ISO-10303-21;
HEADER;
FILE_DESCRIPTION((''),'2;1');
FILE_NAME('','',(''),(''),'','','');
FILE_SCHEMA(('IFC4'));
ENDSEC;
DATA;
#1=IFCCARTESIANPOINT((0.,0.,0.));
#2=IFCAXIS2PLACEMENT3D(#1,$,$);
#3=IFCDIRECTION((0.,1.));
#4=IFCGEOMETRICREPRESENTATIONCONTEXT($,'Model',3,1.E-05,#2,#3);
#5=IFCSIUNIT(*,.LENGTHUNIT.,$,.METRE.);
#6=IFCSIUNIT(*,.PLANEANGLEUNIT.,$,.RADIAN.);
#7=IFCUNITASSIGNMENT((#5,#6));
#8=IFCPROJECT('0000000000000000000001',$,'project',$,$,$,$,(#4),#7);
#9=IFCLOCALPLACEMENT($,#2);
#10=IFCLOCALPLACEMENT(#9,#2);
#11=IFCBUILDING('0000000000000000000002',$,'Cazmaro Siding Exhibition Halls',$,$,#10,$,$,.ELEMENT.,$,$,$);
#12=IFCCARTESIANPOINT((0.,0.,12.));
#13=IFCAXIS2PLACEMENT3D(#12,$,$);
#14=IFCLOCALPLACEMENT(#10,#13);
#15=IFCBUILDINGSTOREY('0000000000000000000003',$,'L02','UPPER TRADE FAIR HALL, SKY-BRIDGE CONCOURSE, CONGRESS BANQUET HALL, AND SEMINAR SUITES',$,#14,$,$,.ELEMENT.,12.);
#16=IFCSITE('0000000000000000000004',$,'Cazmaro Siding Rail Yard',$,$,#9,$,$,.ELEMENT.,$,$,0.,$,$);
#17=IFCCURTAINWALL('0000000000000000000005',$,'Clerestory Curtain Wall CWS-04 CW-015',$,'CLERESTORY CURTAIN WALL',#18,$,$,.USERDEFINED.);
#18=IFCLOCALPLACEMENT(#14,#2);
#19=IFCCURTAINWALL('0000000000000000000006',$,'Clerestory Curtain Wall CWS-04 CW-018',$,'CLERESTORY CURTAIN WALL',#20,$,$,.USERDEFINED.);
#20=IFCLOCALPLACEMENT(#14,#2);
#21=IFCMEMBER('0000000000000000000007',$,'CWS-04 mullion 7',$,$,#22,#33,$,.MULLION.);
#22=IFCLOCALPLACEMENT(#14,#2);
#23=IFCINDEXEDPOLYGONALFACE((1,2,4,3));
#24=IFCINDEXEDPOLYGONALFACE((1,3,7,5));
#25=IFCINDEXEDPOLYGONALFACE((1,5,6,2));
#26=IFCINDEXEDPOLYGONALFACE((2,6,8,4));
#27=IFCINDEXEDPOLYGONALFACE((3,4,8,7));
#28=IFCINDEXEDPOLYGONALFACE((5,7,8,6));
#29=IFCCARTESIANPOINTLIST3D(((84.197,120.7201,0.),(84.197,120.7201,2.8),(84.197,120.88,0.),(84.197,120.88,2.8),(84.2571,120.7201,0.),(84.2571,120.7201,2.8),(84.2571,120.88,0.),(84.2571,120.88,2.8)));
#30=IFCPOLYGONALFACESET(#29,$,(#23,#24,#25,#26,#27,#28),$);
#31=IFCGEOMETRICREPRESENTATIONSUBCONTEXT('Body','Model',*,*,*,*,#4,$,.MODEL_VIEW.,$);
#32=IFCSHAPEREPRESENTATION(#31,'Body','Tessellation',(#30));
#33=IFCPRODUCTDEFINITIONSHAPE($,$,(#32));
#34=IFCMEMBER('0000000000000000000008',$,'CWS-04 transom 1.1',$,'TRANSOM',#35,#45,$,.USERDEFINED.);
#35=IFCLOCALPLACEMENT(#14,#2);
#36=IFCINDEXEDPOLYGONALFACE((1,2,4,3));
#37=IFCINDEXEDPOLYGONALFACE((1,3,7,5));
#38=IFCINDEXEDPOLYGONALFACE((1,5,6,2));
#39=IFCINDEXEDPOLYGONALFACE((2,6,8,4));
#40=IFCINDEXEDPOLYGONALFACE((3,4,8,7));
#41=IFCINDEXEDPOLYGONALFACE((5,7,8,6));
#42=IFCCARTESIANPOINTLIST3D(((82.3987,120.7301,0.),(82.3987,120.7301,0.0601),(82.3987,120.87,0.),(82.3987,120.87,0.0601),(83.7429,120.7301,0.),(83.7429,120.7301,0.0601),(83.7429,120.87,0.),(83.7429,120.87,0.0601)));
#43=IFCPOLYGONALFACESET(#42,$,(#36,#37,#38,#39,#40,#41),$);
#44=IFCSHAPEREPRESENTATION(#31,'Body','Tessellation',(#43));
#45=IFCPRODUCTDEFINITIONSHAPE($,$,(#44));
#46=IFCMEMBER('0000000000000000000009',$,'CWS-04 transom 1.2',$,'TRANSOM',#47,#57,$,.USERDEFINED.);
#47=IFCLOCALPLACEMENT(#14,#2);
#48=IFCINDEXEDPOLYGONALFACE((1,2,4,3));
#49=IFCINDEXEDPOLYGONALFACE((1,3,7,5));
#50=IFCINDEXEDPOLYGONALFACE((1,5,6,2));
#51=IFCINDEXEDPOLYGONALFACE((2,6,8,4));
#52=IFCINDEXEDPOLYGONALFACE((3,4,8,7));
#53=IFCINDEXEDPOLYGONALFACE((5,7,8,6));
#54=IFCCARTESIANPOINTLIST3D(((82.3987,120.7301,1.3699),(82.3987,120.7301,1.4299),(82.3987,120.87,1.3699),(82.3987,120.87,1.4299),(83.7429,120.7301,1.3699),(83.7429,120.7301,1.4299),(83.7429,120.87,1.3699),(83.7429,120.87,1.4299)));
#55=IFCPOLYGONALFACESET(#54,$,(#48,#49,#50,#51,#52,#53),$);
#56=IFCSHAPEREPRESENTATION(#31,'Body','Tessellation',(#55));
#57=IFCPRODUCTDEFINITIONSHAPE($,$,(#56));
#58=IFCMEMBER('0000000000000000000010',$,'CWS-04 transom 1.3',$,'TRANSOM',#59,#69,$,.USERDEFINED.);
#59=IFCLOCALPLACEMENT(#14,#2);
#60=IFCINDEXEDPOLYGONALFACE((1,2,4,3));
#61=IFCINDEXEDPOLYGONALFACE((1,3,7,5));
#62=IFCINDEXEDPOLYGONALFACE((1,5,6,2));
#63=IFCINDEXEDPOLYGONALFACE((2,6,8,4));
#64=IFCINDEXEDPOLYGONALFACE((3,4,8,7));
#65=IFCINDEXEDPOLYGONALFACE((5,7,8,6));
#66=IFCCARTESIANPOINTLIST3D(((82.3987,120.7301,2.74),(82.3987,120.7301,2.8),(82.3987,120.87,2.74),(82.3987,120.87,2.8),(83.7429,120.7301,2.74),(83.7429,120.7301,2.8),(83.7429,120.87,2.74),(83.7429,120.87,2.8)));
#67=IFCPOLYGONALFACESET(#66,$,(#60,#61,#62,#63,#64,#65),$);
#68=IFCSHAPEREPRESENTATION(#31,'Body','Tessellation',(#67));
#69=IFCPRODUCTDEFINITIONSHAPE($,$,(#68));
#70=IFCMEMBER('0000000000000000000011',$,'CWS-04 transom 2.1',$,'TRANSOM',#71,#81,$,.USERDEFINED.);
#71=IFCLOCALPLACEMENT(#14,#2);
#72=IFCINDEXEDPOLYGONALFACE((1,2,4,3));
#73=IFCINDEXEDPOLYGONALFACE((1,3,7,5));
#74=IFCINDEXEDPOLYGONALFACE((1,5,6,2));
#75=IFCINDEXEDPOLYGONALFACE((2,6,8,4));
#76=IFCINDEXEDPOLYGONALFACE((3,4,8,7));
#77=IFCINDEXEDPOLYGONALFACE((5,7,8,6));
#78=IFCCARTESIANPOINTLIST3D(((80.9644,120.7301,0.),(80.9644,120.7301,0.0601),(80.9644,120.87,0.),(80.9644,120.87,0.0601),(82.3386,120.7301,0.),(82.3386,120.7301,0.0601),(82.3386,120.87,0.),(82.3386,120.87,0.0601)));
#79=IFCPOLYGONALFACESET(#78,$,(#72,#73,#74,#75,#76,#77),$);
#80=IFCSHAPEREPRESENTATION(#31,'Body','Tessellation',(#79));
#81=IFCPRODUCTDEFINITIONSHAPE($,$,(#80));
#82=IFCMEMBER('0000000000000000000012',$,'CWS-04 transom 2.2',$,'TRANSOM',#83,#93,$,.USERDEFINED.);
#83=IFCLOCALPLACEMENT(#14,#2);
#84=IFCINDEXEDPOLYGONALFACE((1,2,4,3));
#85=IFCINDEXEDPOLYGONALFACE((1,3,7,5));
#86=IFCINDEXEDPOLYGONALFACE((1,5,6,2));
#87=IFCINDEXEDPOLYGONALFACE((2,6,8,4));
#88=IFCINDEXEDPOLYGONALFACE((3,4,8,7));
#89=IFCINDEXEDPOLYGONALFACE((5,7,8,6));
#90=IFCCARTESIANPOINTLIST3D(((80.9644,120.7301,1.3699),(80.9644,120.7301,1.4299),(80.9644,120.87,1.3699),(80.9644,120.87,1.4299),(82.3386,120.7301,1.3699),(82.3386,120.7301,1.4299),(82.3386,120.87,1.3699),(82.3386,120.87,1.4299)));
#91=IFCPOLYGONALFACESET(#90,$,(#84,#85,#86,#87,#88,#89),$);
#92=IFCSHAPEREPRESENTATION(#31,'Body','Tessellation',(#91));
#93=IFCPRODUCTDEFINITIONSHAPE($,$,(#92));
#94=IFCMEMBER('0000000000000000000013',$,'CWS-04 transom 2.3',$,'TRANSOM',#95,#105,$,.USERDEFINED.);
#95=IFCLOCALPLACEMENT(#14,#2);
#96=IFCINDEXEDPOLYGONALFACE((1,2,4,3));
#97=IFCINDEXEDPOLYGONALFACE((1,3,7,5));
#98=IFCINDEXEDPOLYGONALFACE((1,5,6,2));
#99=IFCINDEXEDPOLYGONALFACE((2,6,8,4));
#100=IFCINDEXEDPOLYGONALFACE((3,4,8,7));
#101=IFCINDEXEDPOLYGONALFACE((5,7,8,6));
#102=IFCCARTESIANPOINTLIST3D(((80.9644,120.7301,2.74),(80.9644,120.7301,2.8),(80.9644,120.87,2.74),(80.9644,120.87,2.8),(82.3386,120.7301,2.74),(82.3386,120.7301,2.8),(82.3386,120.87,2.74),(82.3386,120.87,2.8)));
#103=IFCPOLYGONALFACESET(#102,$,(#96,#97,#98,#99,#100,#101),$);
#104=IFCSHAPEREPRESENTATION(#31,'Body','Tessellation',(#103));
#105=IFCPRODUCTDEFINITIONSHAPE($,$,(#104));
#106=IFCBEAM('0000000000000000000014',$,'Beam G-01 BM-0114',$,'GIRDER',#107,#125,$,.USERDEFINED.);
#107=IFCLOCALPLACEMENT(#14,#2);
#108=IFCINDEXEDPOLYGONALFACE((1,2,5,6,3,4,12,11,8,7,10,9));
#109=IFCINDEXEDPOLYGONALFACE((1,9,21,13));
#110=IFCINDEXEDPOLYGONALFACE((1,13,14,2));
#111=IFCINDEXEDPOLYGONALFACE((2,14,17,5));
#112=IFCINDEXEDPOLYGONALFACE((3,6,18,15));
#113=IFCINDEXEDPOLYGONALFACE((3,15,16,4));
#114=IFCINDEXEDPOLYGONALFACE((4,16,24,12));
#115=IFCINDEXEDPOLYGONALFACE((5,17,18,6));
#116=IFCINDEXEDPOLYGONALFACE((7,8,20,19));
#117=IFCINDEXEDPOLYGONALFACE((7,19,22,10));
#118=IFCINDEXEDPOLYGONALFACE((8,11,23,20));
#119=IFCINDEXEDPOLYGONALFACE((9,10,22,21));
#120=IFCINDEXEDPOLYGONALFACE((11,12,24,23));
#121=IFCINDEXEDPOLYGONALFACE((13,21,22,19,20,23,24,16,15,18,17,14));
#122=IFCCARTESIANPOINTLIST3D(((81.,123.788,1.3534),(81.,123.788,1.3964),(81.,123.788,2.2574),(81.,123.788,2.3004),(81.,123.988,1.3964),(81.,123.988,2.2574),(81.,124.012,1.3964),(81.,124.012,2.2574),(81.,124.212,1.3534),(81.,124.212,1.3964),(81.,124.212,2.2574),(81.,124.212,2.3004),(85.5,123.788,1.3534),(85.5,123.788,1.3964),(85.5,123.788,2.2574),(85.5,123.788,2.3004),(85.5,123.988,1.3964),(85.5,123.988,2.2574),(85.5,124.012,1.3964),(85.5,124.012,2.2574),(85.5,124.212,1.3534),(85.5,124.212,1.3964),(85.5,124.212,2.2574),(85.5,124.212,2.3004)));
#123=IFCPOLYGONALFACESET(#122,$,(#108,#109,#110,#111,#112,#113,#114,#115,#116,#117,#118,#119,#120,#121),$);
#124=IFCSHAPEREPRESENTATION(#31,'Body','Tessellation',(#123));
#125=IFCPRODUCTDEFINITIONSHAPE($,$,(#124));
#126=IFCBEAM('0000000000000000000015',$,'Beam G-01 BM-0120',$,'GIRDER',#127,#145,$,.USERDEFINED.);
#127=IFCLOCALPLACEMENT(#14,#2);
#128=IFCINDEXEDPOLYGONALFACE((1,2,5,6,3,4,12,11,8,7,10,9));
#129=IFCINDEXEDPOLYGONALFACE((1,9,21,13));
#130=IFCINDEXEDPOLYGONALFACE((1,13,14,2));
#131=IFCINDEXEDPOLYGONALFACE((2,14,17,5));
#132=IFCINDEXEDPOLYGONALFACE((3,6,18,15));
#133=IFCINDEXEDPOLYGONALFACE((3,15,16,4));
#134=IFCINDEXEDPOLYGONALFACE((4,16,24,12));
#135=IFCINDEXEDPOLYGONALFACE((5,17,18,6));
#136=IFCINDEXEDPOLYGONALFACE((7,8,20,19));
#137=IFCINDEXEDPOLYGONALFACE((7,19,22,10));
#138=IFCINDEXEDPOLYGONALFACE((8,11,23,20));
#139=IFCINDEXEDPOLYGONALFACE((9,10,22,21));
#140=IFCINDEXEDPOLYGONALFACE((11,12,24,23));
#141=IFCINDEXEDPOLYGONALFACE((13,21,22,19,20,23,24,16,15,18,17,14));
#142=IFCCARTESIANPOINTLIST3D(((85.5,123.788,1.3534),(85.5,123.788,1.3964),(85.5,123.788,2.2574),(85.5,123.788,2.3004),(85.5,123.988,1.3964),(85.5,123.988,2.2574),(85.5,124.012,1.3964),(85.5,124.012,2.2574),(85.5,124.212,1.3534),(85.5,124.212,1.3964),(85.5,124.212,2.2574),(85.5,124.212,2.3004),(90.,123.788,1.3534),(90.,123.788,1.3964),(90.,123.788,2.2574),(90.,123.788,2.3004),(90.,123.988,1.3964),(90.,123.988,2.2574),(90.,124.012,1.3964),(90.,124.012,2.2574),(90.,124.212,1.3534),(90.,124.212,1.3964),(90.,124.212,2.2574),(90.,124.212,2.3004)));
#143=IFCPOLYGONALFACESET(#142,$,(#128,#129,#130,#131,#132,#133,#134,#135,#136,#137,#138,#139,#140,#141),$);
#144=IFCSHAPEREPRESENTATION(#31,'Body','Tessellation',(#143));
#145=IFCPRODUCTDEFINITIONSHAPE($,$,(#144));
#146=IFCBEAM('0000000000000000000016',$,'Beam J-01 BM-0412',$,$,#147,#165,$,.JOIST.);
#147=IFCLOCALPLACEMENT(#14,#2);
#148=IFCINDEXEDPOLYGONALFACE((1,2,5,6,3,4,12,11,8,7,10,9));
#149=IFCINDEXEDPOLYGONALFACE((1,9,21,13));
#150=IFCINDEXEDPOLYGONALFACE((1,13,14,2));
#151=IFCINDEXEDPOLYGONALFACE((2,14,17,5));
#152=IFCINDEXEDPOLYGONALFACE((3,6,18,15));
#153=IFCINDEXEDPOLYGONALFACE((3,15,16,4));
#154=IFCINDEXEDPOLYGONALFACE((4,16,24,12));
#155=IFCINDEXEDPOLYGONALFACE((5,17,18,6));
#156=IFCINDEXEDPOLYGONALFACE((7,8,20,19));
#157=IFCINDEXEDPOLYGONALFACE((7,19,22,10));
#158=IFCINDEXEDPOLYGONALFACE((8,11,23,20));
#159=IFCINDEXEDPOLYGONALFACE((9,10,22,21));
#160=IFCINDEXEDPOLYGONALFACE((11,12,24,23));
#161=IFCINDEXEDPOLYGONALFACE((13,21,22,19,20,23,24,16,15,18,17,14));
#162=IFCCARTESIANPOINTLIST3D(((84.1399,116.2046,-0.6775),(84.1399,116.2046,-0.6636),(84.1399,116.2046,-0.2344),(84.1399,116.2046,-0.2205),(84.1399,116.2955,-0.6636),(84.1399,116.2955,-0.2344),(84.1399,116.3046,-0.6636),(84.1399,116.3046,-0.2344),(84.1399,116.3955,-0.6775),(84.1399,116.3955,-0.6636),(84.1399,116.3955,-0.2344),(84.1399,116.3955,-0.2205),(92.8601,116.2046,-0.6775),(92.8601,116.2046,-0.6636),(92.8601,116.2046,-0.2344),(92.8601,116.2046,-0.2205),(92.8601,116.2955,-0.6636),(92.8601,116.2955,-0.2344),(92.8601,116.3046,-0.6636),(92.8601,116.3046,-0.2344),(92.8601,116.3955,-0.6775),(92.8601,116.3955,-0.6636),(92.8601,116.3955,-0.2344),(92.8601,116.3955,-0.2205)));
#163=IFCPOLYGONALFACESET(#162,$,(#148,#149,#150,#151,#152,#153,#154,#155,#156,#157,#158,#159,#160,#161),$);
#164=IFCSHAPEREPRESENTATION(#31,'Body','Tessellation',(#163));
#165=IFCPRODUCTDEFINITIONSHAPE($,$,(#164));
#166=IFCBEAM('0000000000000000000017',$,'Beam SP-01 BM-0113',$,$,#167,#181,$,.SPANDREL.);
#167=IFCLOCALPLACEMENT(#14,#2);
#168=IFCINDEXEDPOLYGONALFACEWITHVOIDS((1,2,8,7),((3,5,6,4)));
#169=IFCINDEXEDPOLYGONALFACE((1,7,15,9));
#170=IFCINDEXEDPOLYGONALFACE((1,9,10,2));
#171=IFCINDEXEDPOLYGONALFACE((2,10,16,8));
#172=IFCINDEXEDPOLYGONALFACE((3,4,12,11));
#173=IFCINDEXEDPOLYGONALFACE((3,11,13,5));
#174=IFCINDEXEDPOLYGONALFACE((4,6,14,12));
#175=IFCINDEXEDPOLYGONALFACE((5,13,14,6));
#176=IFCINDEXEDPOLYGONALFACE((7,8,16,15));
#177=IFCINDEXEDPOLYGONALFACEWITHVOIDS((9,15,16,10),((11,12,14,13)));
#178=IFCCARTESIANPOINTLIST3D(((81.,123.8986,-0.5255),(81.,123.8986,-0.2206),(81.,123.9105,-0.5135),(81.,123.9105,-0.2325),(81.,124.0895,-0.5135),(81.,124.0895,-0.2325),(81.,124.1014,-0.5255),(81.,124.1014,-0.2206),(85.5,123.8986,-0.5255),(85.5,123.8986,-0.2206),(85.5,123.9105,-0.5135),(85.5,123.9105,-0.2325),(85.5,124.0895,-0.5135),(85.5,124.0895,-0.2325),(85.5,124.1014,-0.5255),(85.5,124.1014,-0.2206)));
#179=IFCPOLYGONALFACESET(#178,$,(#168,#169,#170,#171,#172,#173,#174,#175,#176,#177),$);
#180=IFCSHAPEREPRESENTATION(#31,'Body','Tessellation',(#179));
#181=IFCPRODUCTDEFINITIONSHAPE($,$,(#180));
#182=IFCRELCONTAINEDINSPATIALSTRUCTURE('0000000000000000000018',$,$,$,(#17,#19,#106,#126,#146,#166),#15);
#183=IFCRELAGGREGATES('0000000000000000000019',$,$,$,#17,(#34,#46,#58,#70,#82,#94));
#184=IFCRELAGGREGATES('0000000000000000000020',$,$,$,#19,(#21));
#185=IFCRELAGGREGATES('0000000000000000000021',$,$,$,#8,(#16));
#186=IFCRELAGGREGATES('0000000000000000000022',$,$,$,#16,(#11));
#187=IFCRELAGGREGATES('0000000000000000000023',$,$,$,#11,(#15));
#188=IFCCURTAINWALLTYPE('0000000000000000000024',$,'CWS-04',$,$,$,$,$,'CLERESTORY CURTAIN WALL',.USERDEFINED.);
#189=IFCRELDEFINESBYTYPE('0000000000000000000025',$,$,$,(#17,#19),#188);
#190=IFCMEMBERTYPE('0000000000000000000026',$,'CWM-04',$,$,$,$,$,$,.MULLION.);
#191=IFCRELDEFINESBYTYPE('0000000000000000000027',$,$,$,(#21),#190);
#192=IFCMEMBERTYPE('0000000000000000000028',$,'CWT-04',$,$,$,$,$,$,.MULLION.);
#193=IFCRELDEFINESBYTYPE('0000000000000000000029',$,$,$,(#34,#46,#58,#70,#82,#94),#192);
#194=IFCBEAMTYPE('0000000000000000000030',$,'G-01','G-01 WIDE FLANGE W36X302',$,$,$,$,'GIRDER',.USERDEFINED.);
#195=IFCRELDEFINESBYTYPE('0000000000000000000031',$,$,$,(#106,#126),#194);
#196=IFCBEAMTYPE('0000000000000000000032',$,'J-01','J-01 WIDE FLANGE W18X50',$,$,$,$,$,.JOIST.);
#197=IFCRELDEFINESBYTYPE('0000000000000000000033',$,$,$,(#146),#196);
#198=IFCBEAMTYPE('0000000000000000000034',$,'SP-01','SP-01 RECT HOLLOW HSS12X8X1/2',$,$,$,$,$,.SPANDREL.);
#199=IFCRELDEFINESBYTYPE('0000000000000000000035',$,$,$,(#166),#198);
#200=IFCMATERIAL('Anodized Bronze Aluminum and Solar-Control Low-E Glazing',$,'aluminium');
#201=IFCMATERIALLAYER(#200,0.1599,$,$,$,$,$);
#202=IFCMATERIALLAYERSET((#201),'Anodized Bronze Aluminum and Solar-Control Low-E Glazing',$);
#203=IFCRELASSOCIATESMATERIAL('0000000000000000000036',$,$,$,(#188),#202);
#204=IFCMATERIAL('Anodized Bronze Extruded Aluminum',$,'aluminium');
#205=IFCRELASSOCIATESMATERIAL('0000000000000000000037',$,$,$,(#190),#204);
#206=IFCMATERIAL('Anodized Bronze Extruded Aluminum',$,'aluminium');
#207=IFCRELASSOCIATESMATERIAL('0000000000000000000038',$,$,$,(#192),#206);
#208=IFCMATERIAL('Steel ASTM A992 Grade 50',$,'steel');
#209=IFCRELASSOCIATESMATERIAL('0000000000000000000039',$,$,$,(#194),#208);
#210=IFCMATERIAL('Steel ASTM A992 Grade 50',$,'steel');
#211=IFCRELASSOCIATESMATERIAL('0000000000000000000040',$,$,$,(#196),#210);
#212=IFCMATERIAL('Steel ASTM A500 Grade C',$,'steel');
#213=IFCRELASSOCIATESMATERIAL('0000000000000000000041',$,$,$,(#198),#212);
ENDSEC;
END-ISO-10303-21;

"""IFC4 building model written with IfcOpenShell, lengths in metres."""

from ifc_helpers import new_model, si_unit, direction, frame, origin, origin_2d, place, context, subcontext, project, spatial, rectangle, hollow_rectangle, i_section, extrude, material, layer, layer_set, material_profile, profile_set, type_object, element, aggregate, save


model = new_model("IFC4")

# Units and contexts
model_context = context("Model", 3, precision=1e-05, world=origin(), true_north=direction((0.0, 1.0)))
body_context = subcontext(model_context, "Body", "Model", "MODEL_VIEW")
ifc_project = project(units=[si_unit("LENGTHUNIT", "METRE"), si_unit("PLANEANGLEUNIT", "RADIAN")], contexts=[model_context])

# Site, building, storey
site_placement = place(None, origin())
site = spatial("IfcSite", under=ifc_project, at=site_placement, Name="Cazmaro Siding Rail Yard", CompositionType="ELEMENT", RefElevation=0.0)
building_placement = place(site_placement, origin())
building = spatial("IfcBuilding", under=site, at=building_placement, Name="Cazmaro Siding Exhibition Halls", CompositionType="ELEMENT")
storey_placement = place(building_placement, frame((0.0, 0.0, 12.0)))
storey = spatial("IfcBuildingStorey", under=building, at=storey_placement, Name="L02", Description="UPPER TRADE FAIR HALL, SKY-BRIDGE CONCOURSE, CONGRESS BANQUET HALL, AND SEMINAR SUITES", CompositionType="ELEMENT", Elevation=12.0)

# Curtain wall
ifc_material_1 = material(Name="Anodized Bronze Aluminum and Solar-Control Low-E Glazing", Category="aluminium")
ifc_layer_1 = layer(ifc_material_1, 0.1599)
ifc_layer_set_1 = layer_set([ifc_layer_1], Name="Anodized Bronze Aluminum and Solar-Control Low-E Glazing")
curtain_wall_type = type_object("IfcCurtainWallType", Name="CWS-04", ElementType="CLERESTORY CURTAIN WALL", PredefinedType="USERDEFINED", material=ifc_layer_set_1)
curtain_wall_1_placement = place(storey_placement, origin())
curtain_wall_1 = element("IfcCurtainWall", 1, at=curtain_wall_1_placement, inside=storey, type_object=curtain_wall_type, Name="Clerestory Curtain Wall CWS-04 CW-015", ObjectType="CLERESTORY CURTAIN WALL", PredefinedType="USERDEFINED")
ifc_material_2 = material(Name="Anodized Bronze Extruded Aluminum", Category="aluminium")
ifc_material_profile_1 = material_profile(ifc_material_2, rectangle(XDim=0.1599, YDim=0.0601, at=origin_2d()), Name="CWM-04")
ifc_profile_set_1 = profile_set([ifc_material_profile_1], Name="Anodized Bronze Extruded Aluminum")
member_type_1 = type_object("IfcMemberType", Name="CWM-04", PredefinedType="MULLION", material=ifc_profile_set_1)

# Curtain wall, member
curtain_wall_2_placement = place(storey_placement, origin())
curtain_wall_2 = element("IfcCurtainWall", 2, at=curtain_wall_2_placement, inside=storey, type_object=curtain_wall_type, Name="Clerestory Curtain Wall CWS-04 CW-018", ObjectType="CLERESTORY CURTAIN WALL", PredefinedType="USERDEFINED")
member_1_placement = place(storey_placement, frame((84.2271, 120.8, 0.0), z_axis=(0.0, 0.0, 1.0), x_axis=(0.0, -1.0, 0.0)))
member_1 = element("IfcMember", 3, at=member_1_placement, type_object=member_type_1, Name="CWS-04 mullion 7", PredefinedType="MULLION", context=body_context, shape_type="SweptSolid", body=[
    extrude(rectangle(XDim=0.1599, YDim=0.0601, at=origin_2d()), origin(), (0.0, 0.0, 1.0), 2.8),
])

# Members
ifc_material_3 = material(Name="Anodized Bronze Extruded Aluminum", Category="aluminium")
ifc_material_profile_2 = material_profile(ifc_material_3, rectangle(XDim=0.1399, YDim=0.0601, at=origin_2d()), Name="CWT-04")
ifc_profile_set_2 = profile_set([ifc_material_profile_2], Name="Anodized Bronze Extruded Aluminum")
member_type_2 = type_object("IfcMemberType", Name="CWT-04", PredefinedType="MULLION", material=ifc_profile_set_2)
member_2_placement = place(storey_placement, frame((83.7429, 120.8, 0.03), z_axis=(-1.0, 0.0, 0.0), x_axis=(0.0, -1.0, 0.0)))
member_2 = element("IfcMember", 4, at=member_2_placement, type_object=member_type_2, Name="CWS-04 transom 1.1", ObjectType="TRANSOM", PredefinedType="USERDEFINED", context=body_context, shape_type="SweptSolid", body=[
    extrude(rectangle(XDim=0.1399, YDim=0.0601, at=origin_2d()), origin(), (0.0, 0.0, 1.0), 1.3442),
])
member_3_placement = place(storey_placement, frame((83.7429, 120.8, 1.3999), z_axis=(-1.0, 0.0, 0.0), x_axis=(0.0, -1.0, 0.0)))
member_3 = element("IfcMember", 5, at=member_3_placement, type_object=member_type_2, Name="CWS-04 transom 1.2", ObjectType="TRANSOM", PredefinedType="USERDEFINED", context=body_context, shape_type="SweptSolid", body=[
    extrude(rectangle(XDim=0.1399, YDim=0.0601, at=origin_2d()), origin(), (0.0, 0.0, 1.0), 1.3442),
])
member_4_placement = place(storey_placement, frame((83.7429, 120.8, 2.77), z_axis=(-1.0, 0.0, 0.0), x_axis=(0.0, -1.0, 0.0)))
member_4 = element("IfcMember", 6, at=member_4_placement, type_object=member_type_2, Name="CWS-04 transom 1.3", ObjectType="TRANSOM", PredefinedType="USERDEFINED", context=body_context, shape_type="SweptSolid", body=[
    extrude(rectangle(XDim=0.1399, YDim=0.0601, at=origin_2d()), origin(), (0.0, 0.0, 1.0), 1.3442),
])
member_5_placement = place(storey_placement, frame((82.3386, 120.8, 0.03), z_axis=(-1.0, 0.0, 0.0), x_axis=(0.0, -1.0, 0.0)))
member_5 = element("IfcMember", 7, at=member_5_placement, type_object=member_type_2, Name="CWS-04 transom 2.1", ObjectType="TRANSOM", PredefinedType="USERDEFINED", context=body_context, shape_type="SweptSolid", body=[
    extrude(rectangle(XDim=0.1399, YDim=0.0601, at=origin_2d()), origin(), (0.0, 0.0, 1.0), 1.3743),
])
member_6_placement = place(storey_placement, frame((82.3386, 120.8, 1.3999), z_axis=(-1.0, 0.0, 0.0), x_axis=(0.0, -1.0, 0.0)))
member_6 = element("IfcMember", 8, at=member_6_placement, type_object=member_type_2, Name="CWS-04 transom 2.2", ObjectType="TRANSOM", PredefinedType="USERDEFINED", context=body_context, shape_type="SweptSolid", body=[
    extrude(rectangle(XDim=0.1399, YDim=0.0601, at=origin_2d()), origin(), (0.0, 0.0, 1.0), 1.3743),
])
member_7_placement = place(storey_placement, frame((82.3386, 120.8, 2.77), z_axis=(-1.0, 0.0, 0.0), x_axis=(0.0, -1.0, 0.0)))
member_7 = element("IfcMember", 9, at=member_7_placement, type_object=member_type_2, Name="CWS-04 transom 2.3", ObjectType="TRANSOM", PredefinedType="USERDEFINED", context=body_context, shape_type="SweptSolid", body=[
    extrude(rectangle(XDim=0.1399, YDim=0.0601, at=origin_2d()), origin(), (0.0, 0.0, 1.0), 1.3743),
])

# Beams
ifc_material_4 = material(Name="Steel ASTM A992 Grade 50", Category="steel")
ifc_material_profile_3 = material_profile(ifc_material_4, i_section(OverallWidth=0.4241, OverallDepth=0.947, WebThickness=0.0239, FlangeThickness=0.043, at=origin_2d()), Name="W36X302")
ifc_profile_set_3 = profile_set([ifc_material_profile_3], Name="Steel ASTM A992 Grade 50")
beam_type_1 = type_object("IfcBeamType", Name="G-01", Description="G-01 WIDE FLANGE W36X302", ElementType="GIRDER", PredefinedType="USERDEFINED", material=ifc_profile_set_3)
for number, where, z_axis, x_axis, name in (
    (10, (81.0, 124.0, 1.8269), (1.0, 0.0, 0.0), (0.0, 1.0, 0.0), "Beam G-01 BM-0114"),
    (11, (85.5, 124.0, 1.8269), (1.0, 0.0, 0.0), (0.0, 1.0, 0.0), "Beam G-01 BM-0120"),
):
    element("IfcBeam", number, at=place(storey_placement, frame(where, z_axis=z_axis, x_axis=x_axis)), inside=storey, type_object=beam_type_1, Name=name, ObjectType="GIRDER", PredefinedType="USERDEFINED", context=body_context, shape_type="SweptSolid", body=[
        extrude(i_section(OverallWidth=0.4241, OverallDepth=0.947, WebThickness=0.0239, FlangeThickness=0.043, at=origin_2d()), origin(), (0.0, 0.0, 1.0), 4.5),
    ])
ifc_material_5 = material(Name="Steel ASTM A992 Grade 50", Category="steel")
ifc_material_profile_4 = material_profile(ifc_material_5, i_section(OverallWidth=0.1909, OverallDepth=0.457, WebThickness=0.009, FlangeThickness=0.0139, at=origin_2d()), Name="W18X50")
ifc_profile_set_4 = profile_set([ifc_material_profile_4], Name="Steel ASTM A992 Grade 50")
beam_type_2 = type_object("IfcBeamType", Name="J-01", Description="J-01 WIDE FLANGE W18X50", PredefinedType="JOIST", material=ifc_profile_set_4)
beam_1_placement = place(storey_placement, frame((84.1399, 116.3, -0.449), z_axis=(1.0, 0.0, 0.0), x_axis=(0.0, 1.0, 0.0)))
element("IfcBeam", 12, at=beam_1_placement, inside=storey, type_object=beam_type_2, Name="Beam J-01 BM-0412", PredefinedType="JOIST", context=body_context, shape_type="SweptSolid", body=[
    extrude(i_section(OverallWidth=0.1909, OverallDepth=0.457, WebThickness=0.009, FlangeThickness=0.0139, at=origin_2d()), origin(), (0.0, 0.0, 1.0), 8.7202),
])
ifc_material_6 = material(Name="Steel ASTM A500 Grade C", Category="steel")
ifc_material_profile_5 = material_profile(ifc_material_6, hollow_rectangle(XDim=0.2029, YDim=0.3049, WallThickness=0.012, at=origin_2d()), Name="HSS12X8X1/2")
ifc_profile_set_5 = profile_set([ifc_material_profile_5], Name="Steel ASTM A500 Grade C")
beam_type_3 = type_object("IfcBeamType", Name="SP-01", Description="SP-01 RECT HOLLOW HSS12X8X1/2", PredefinedType="SPANDREL", material=ifc_profile_set_5)
for number, where, z_axis, x_axis, name in (
    (13, (81.0, 124.0, -0.373), (1.0, 0.0, 0.0), (0.0, 1.0, 0.0), "Beam SP-01 BM-0113"),
):
    element("IfcBeam", number, at=place(storey_placement, frame(where, z_axis=z_axis, x_axis=x_axis)), inside=storey, type_object=beam_type_3, Name=name, PredefinedType="SPANDREL", context=body_context, shape_type="SweptSolid", body=[
        extrude(hollow_rectangle(XDim=0.2029, YDim=0.3049, WallThickness=0.012, at=origin_2d()), origin(), (0.0, 0.0, 1.0), 4.5),
    ])

aggregate(curtain_wall_1, [member_2, member_3, member_4, member_5, member_6, member_7])
aggregate(curtain_wall_2, [member_1])

save(model, "model.ifc")
